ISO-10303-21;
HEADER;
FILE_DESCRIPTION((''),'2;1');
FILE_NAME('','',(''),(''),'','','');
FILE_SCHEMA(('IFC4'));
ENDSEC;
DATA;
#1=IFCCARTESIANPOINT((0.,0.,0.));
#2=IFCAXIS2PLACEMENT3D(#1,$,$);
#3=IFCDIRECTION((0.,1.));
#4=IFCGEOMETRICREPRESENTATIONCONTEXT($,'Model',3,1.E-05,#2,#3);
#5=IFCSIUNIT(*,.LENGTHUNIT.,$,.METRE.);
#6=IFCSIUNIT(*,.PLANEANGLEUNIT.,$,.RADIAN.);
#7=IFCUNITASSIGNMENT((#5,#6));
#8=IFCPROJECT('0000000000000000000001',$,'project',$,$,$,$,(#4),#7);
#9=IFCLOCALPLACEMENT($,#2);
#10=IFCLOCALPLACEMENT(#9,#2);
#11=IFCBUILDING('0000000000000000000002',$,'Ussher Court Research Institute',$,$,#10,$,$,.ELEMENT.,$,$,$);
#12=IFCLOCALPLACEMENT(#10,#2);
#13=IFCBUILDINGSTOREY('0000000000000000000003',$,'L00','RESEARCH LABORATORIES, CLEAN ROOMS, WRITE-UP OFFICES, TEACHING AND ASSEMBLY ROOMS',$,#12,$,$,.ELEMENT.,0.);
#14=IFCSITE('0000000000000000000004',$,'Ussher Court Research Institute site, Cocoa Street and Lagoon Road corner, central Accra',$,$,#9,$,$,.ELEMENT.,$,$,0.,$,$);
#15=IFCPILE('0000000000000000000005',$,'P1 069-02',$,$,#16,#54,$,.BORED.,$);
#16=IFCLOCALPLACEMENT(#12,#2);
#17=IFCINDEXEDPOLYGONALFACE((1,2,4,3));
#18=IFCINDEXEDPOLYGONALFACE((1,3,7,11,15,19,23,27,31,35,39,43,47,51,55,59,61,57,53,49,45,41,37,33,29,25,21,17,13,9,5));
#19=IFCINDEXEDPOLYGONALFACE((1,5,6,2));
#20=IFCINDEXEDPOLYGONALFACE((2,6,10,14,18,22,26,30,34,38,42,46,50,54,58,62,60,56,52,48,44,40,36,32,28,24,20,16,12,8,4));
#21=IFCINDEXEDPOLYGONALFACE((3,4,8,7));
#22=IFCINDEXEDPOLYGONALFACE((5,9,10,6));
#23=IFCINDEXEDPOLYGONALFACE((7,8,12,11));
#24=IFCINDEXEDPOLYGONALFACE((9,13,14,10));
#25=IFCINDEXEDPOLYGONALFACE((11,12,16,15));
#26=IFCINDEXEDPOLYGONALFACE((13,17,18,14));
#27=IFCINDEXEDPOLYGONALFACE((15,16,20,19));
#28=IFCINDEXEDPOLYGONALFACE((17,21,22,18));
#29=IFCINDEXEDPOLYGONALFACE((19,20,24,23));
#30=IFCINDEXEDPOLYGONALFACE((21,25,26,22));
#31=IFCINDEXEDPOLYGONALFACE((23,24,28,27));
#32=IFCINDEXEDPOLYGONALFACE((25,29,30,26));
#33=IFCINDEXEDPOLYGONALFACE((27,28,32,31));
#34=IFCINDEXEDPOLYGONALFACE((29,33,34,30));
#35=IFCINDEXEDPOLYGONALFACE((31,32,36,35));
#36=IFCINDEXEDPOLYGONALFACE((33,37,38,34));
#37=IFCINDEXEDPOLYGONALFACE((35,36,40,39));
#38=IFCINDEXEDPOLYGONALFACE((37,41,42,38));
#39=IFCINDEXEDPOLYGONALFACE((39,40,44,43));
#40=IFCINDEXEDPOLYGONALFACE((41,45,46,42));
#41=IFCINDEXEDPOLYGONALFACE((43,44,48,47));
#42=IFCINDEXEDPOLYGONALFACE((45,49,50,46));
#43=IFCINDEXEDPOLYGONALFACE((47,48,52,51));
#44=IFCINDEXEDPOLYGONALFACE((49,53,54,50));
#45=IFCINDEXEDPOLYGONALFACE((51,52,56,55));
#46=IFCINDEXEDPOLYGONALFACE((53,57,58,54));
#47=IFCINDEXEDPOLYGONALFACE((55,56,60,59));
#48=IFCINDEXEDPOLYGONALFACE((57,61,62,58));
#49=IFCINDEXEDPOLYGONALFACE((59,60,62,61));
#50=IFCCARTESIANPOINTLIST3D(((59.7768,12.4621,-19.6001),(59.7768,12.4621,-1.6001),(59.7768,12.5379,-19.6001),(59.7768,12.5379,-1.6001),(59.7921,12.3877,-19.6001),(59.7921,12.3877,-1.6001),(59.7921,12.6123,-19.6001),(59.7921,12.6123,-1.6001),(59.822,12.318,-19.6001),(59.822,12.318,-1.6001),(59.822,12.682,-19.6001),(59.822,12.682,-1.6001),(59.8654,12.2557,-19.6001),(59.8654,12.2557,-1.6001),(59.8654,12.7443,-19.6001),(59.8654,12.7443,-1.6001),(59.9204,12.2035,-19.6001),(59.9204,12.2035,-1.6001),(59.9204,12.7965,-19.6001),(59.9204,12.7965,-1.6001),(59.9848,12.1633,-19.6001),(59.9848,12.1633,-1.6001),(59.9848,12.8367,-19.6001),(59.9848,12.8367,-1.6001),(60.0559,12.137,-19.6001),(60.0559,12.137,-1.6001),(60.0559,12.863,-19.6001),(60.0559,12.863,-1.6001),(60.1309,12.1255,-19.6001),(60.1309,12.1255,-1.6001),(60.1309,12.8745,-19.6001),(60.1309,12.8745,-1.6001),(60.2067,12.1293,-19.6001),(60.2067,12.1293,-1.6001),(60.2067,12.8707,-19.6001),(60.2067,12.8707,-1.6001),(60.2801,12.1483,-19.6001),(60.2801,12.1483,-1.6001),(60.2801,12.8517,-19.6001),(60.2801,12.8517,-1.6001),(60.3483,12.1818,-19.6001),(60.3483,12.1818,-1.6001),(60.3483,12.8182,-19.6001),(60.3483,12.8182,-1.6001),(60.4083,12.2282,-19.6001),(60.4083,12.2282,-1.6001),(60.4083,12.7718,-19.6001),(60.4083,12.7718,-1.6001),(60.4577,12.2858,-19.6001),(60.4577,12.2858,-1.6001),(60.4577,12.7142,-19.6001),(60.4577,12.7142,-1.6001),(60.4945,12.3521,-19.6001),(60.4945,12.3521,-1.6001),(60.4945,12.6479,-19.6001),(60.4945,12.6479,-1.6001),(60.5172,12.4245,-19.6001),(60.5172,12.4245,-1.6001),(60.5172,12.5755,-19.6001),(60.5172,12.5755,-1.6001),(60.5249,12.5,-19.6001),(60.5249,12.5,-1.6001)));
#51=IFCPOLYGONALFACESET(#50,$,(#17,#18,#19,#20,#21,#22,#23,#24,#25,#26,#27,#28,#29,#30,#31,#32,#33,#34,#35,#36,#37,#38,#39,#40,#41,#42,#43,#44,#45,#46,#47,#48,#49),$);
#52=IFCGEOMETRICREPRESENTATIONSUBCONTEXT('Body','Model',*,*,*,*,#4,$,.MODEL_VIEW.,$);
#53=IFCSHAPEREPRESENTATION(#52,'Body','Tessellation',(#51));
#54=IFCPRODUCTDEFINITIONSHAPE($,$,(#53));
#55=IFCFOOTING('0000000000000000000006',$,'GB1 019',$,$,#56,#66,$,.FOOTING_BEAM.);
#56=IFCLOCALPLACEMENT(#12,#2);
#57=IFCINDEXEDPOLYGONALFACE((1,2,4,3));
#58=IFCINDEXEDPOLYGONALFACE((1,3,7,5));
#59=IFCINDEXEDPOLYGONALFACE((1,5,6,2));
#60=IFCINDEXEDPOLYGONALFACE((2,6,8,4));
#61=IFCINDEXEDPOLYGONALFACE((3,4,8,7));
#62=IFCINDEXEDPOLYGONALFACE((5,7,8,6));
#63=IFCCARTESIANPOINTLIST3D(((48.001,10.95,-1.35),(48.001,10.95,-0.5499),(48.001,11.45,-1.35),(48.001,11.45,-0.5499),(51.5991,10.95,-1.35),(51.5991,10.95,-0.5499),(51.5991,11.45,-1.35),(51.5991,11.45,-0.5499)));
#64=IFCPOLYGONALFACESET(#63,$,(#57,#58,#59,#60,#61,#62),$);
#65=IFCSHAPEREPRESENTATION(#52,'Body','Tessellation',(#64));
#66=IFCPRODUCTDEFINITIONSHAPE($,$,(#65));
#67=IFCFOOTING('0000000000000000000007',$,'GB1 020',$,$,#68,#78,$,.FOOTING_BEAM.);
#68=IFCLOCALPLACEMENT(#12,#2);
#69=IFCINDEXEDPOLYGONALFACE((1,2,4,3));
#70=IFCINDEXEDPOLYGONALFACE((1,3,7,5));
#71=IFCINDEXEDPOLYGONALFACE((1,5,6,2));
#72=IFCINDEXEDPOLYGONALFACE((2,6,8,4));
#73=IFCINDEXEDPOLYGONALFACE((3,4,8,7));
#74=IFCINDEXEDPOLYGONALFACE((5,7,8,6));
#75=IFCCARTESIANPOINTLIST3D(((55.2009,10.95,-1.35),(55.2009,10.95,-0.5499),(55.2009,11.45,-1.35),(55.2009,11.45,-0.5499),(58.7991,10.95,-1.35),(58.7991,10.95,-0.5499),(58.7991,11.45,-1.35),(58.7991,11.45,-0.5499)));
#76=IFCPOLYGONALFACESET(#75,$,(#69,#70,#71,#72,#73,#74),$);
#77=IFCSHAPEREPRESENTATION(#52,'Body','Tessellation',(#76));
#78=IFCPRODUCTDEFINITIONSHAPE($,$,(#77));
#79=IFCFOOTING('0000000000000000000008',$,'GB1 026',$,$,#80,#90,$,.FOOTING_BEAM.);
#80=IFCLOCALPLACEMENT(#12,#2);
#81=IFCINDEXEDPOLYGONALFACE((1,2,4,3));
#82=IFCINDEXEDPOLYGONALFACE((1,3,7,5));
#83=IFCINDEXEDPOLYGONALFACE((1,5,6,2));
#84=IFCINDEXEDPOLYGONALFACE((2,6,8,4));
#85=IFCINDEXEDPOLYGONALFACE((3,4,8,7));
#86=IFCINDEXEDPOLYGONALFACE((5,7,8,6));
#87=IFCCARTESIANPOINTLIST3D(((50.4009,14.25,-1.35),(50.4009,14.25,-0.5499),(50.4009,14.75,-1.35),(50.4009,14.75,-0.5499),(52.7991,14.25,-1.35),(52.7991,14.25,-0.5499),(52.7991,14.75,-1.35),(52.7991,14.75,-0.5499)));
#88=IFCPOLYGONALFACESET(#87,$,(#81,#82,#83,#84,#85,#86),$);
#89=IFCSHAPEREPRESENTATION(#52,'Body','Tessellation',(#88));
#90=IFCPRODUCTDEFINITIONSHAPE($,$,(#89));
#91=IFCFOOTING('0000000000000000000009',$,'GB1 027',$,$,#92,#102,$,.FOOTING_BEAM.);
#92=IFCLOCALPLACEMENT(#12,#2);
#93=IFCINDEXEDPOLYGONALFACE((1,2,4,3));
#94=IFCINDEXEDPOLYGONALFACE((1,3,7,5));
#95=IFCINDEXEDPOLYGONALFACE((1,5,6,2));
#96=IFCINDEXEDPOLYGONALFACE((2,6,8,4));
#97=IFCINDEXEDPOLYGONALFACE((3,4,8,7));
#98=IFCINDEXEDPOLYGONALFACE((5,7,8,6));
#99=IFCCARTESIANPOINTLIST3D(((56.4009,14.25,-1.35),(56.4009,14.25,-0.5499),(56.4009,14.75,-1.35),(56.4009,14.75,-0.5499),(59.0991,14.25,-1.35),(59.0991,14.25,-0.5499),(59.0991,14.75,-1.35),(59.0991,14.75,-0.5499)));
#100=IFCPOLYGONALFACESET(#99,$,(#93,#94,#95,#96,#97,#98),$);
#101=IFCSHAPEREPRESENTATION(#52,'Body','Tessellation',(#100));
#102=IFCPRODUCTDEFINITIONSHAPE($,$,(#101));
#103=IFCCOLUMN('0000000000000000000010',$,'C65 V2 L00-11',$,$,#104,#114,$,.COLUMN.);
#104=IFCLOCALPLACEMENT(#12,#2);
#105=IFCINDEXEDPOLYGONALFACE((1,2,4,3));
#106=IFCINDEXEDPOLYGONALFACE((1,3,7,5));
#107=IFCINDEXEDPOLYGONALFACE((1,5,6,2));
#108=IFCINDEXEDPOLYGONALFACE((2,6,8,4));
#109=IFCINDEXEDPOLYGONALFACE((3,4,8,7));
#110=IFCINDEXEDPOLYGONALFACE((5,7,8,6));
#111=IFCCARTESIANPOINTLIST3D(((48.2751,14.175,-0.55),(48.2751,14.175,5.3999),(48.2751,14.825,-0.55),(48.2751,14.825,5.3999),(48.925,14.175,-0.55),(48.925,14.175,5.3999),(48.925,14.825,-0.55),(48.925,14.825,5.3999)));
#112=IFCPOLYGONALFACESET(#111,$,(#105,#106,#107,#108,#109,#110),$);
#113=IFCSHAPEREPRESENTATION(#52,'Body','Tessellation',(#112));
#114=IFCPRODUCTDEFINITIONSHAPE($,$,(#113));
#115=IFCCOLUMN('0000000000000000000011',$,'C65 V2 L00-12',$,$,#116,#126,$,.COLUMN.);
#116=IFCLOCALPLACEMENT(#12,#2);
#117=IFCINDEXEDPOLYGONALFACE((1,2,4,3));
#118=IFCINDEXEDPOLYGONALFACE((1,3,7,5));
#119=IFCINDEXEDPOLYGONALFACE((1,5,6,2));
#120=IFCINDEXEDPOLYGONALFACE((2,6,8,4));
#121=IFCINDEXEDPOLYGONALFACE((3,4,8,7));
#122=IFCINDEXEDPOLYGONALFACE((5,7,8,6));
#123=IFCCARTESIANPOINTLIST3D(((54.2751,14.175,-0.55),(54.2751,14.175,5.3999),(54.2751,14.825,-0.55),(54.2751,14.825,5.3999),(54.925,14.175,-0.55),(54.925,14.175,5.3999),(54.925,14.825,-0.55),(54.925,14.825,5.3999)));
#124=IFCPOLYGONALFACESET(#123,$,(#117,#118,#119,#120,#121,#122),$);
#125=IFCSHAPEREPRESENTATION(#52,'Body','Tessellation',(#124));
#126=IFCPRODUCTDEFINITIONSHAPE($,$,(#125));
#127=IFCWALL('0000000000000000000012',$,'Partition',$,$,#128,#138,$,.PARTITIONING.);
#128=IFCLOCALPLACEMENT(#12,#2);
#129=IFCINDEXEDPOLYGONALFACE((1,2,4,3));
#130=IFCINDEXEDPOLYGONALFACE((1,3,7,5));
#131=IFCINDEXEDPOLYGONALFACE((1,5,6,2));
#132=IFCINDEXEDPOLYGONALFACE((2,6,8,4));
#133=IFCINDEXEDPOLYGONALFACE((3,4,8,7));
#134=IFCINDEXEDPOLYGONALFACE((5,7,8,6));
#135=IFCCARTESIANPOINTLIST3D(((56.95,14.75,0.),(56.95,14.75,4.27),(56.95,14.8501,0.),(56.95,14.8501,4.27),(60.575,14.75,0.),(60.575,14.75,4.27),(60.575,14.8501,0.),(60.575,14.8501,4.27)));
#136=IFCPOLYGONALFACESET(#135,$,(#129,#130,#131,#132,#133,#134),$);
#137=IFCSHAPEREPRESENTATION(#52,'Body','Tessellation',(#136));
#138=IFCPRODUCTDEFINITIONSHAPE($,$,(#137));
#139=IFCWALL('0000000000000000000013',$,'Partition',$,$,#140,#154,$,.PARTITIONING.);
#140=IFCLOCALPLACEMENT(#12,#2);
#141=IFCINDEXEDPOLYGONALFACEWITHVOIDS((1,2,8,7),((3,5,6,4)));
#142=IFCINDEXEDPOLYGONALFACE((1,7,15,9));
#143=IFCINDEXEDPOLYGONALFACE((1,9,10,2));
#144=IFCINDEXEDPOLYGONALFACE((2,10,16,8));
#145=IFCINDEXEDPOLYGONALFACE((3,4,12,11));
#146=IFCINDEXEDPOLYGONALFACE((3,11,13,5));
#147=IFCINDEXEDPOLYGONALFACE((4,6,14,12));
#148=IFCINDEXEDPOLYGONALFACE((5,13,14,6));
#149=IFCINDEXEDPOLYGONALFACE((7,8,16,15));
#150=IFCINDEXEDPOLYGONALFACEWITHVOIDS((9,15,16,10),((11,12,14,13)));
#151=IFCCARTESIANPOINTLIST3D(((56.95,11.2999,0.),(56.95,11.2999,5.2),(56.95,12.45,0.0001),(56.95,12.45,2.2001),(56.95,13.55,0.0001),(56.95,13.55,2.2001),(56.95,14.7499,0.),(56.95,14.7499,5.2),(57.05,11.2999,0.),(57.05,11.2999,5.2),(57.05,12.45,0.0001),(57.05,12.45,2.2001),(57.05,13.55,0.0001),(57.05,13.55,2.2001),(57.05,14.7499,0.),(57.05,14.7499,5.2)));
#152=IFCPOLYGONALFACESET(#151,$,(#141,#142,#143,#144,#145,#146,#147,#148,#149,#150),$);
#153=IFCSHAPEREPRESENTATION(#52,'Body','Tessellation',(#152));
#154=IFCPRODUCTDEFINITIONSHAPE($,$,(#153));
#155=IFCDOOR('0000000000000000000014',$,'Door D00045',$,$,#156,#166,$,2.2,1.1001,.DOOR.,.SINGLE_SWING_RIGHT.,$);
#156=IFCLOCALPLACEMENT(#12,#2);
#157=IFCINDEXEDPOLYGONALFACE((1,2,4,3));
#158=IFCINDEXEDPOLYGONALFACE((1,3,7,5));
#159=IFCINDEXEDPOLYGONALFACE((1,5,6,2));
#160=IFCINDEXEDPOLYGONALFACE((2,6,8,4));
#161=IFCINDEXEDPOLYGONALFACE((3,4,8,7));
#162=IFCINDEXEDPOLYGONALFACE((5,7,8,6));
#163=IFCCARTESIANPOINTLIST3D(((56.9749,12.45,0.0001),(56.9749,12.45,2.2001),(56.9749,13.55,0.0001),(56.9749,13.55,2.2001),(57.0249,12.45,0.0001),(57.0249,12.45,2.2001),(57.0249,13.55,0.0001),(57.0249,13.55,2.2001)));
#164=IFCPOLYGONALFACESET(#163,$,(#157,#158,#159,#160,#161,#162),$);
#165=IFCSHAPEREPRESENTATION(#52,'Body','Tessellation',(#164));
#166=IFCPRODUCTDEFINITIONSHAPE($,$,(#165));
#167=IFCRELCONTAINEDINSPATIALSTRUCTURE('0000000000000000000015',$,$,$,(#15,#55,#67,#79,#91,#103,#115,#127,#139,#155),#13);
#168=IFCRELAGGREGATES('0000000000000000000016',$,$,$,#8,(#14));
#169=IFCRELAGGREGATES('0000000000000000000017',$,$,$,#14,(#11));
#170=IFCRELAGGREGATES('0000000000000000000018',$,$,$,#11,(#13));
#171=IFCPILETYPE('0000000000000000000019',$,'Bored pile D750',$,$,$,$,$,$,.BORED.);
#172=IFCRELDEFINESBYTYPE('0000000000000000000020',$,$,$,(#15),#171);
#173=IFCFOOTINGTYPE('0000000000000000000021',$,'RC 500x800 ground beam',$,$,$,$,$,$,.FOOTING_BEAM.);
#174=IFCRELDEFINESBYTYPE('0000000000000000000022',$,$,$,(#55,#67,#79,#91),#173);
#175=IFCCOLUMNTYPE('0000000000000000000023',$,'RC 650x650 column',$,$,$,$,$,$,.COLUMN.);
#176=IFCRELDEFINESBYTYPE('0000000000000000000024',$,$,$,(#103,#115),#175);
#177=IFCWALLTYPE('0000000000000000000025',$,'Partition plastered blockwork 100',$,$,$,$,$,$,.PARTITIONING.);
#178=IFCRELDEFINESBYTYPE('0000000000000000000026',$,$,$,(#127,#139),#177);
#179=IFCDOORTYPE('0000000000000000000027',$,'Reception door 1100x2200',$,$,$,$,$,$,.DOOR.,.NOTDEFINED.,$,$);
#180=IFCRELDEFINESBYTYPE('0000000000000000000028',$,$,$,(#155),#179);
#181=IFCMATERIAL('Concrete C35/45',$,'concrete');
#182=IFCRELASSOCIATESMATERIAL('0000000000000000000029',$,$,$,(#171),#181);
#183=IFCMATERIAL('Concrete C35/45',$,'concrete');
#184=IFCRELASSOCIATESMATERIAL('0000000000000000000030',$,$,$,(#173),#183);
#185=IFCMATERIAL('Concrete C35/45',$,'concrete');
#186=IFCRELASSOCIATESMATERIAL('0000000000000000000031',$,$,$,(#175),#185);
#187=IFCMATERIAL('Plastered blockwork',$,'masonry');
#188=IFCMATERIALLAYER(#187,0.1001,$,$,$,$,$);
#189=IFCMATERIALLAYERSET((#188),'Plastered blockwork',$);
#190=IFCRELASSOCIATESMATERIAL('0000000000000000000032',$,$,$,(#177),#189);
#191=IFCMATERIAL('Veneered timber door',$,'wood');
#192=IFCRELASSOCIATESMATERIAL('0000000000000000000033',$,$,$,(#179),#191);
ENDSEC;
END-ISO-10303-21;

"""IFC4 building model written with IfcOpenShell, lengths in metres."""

from ifc_helpers import new_model, si_unit, direction, frame, frame_2d, origin, origin_2d, place, context, subcontext, project, spatial, rectangle, circle, extrude, material, layer, layer_set, material_profile, profile_set, type_object, element, fill, save


model = new_model("IFC4")

# Units and contexts
model_context = context("Model", 3, precision=1e-05, world=origin(), true_north=direction((0.0, 1.0)))
body_context = subcontext(model_context, "Body", "Model", "MODEL_VIEW")
ifc_project = project(units=[si_unit("LENGTHUNIT", "METRE"), si_unit("PLANEANGLEUNIT", "RADIAN")], contexts=[model_context])

# Site, building, storey
site_placement = place(None, origin())
site = spatial("IfcSite", under=ifc_project, at=site_placement, Name="Ussher Court Research Institute site, Cocoa Street and Lagoon Road corner, central Accra", CompositionType="ELEMENT", RefElevation=0.0)
building_placement = place(site_placement, origin())
building = spatial("IfcBuilding", under=site, at=building_placement, Name="Ussher Court Research Institute", CompositionType="ELEMENT")
storey_placement = place(building_placement, origin())
storey = spatial("IfcBuildingStorey", under=building, at=storey_placement, Name="L00", Description="RESEARCH LABORATORIES, CLEAN ROOMS, WRITE-UP OFFICES, TEACHING AND ASSEMBLY ROOMS", CompositionType="ELEMENT", Elevation=0.0)

# Pile
ifc_material_1 = material(Name="Concrete C35/45", Category="concrete")
ifc_material_profile_1 = material_profile(ifc_material_1, circle(Radius=0.375, at=origin_2d()), Name="RC D750")
ifc_profile_set_1 = profile_set([ifc_material_profile_1], Name="Concrete C35/45")
pile_type = type_object("IfcPileType", Name="Bored pile D750", PredefinedType="BORED", material=ifc_profile_set_1)
for number, where, z_axis, x_axis, name in (
    (1, (60.1499, 12.5, -1.6001), (0.0, 0.0, -1.0), (1.0, 0.0, 0.0), "P1 069-02"),
):
    element("IfcPile", number, at=place(storey_placement, frame(where, z_axis=z_axis, x_axis=x_axis)), inside=storey, type_object=pile_type, Name=name, PredefinedType="BORED", context=body_context, shape_type="SweptSolid", body=[
        extrude(circle(Radius=0.375, at=origin_2d()), origin(), (0.0, 0.0, 1.0), 18.0),
    ])

# Footings
ifc_material_2 = material(Name="Concrete C35/45", Category="concrete")
ifc_material_profile_2 = material_profile(ifc_material_2, rectangle(XDim=0.5, YDim=0.8, at=origin_2d()), Name="RC 500x800")
ifc_profile_set_2 = profile_set([ifc_material_profile_2], Name="Concrete C35/45")
footing_type = type_object("IfcFootingType", Name="RC 500x800 ground beam", PredefinedType="FOOTING_BEAM", material=ifc_profile_set_2)
for number, where, z_axis, x_axis, name in (
    (2, (48.001, 11.2, -0.95), (1.0, 0.0, 0.0), (0.0, 1.0, 0.0), "GB1 019"),
    (3, (55.2009, 11.2, -0.95), (1.0, 0.0, 0.0), (0.0, 1.0, 0.0), "GB1 020"),
):
    element("IfcFooting", number, at=place(storey_placement, frame(where, z_axis=z_axis, x_axis=x_axis)), inside=storey, type_object=footing_type, Name=name, PredefinedType="FOOTING_BEAM", context=body_context, shape_type="SweptSolid", body=[
        extrude(rectangle(XDim=0.5, YDim=0.8, at=origin_2d()), origin(), (0.0, 0.0, 1.0), 3.5981),
    ])
footing_1_placement = place(storey_placement, frame((50.4009, 14.5, -0.95), z_axis=(1.0, 0.0, 0.0), x_axis=(0.0, 1.0, 0.0)))
element("IfcFooting", 4, at=footing_1_placement, inside=storey, type_object=footing_type, Name="GB1 026", PredefinedType="FOOTING_BEAM", context=body_context, shape_type="SweptSolid", body=[
    extrude(rectangle(XDim=0.5, YDim=0.8, at=origin_2d()), origin(), (0.0, 0.0, 1.0), 2.3982),
])
footing_2_placement = place(storey_placement, frame((56.4009, 14.5, -0.95), z_axis=(1.0, 0.0, 0.0), x_axis=(0.0, 1.0, 0.0)))
element("IfcFooting", 5, at=footing_2_placement, inside=storey, type_object=footing_type, Name="GB1 027", PredefinedType="FOOTING_BEAM", context=body_context, shape_type="SweptSolid", body=[
    extrude(rectangle(XDim=0.5, YDim=0.8, at=origin_2d()), origin(), (0.0, 0.0, 1.0), 2.6982),
])

# Columns
ifc_material_3 = material(Name="Concrete C35/45", Category="concrete")
ifc_material_profile_3 = material_profile(ifc_material_3, rectangle(XDim=0.6499, YDim=0.6499, at=origin_2d()), Name="RC 650x650")
ifc_profile_set_3 = profile_set([ifc_material_profile_3], Name="Concrete C35/45")
column_type = type_object("IfcColumnType", Name="RC 650x650 column", PredefinedType="COLUMN", material=ifc_profile_set_3)
for number, where, z_axis, x_axis, name in (
    (6, (48.6001, 14.5, -0.55), (0.0, 0.0, 1.0), (1.0, 0.0, 0.0), "C65 V2 L00-11"),
    (7, (54.6001, 14.5, -0.55), (0.0, 0.0, 1.0), (1.0, 0.0, 0.0), "C65 V2 L00-12"),
):
    element("IfcColumn", number, at=place(storey_placement, frame(where, z_axis=z_axis, x_axis=x_axis)), inside=storey, type_object=column_type, Name=name, PredefinedType="COLUMN", context=body_context, shape_type="SweptSolid", body=[
        extrude(rectangle(XDim=0.6499, YDim=0.6499, at=origin_2d()), origin(), (0.0, 0.0, 1.0), 5.95),
    ])

# Wall
ifc_material_4 = material(Name="Plastered blockwork", Category="masonry")
ifc_layer = layer(ifc_material_4, 0.1001)
ifc_layer_set = layer_set([ifc_layer], Name="Plastered blockwork")
wall_type = type_object("IfcWallType", Name="Partition plastered blockwork 100", PredefinedType="PARTITIONING", material=ifc_layer_set)
wall_1_placement = place(storey_placement, frame((56.95, 14.8, 0.0), z_axis=(0.0, 0.0, 1.0), x_axis=(1.0, 0.0, 0.0)))
element("IfcWall", 8, at=wall_1_placement, inside=storey, type_object=wall_type, Name="Partition", PredefinedType="PARTITIONING", context=body_context, shape_type="SweptSolid", body=[
    extrude(rectangle(XDim=3.625, YDim=0.1001, at=frame_2d((1.8125, 0.0))), origin(), (0.0, 0.0, 1.0), 4.27),
])

# Wall, opening, door
wall_2_placement = place(storey_placement, frame((57.0, 14.75, 0.0), z_axis=(0.0, 0.0, 1.0), x_axis=(0.0, -1.0, 0.0)))
wall_2 = element("IfcWall", 9, at=wall_2_placement, inside=storey, type_object=wall_type, Name="Partition", PredefinedType="PARTITIONING", context=body_context, shape_type="SweptSolid", body=[
    extrude(rectangle(XDim=3.45, YDim=0.1001, at=frame_2d((1.7251, 0.0))), origin(), (0.0, 0.0, 1.0), 5.2),
])
opening_placement = place(wall_2_placement, frame((1.2, 0.0, 0.0)))
opening = element("IfcOpeningElement", 10, at=opening_placement, cuts=wall_2, PredefinedType="OPENING", context=body_context, shape_type="SweptSolid", body=[
    extrude(rectangle(XDim=1.1001, YDim=2.2, at=frame_2d((0.55, 1.1001))), frame((0.0, 0.0601, 0.0), z_axis=(0.0, -1.0, 0.0), x_axis=(1.0, 0.0, 0.0)), (0.0, 0.0, 1.0), 0.1201),
])
ifc_material_5 = material(Name="Veneered timber door", Category="wood")
door_type = type_object("IfcDoorType", Name="Reception door 1100x2200", OperationType="NOTDEFINED", PredefinedType="DOOR", material=ifc_material_5)
door_placement = place(opening_placement, origin())
door = element("IfcDoor", 11, at=door_placement, inside=storey, type_object=door_type, Name="Door D00045", OperationType="SINGLE_SWING_RIGHT", OverallHeight=2.2, OverallWidth=1.1001, PredefinedType="DOOR", context=body_context, shape_type="SweptSolid", body=[
    extrude(rectangle(XDim=1.1001, YDim=2.2, at=frame_2d((0.55, 1.1001))), frame((0.0, 0.0249, 0.0), z_axis=(0.0, -1.0, 0.0), x_axis=(1.0, 0.0, 0.0)), (0.0, 0.0, 1.0), 0.05),
])
fill(opening, door)

save(model, "model.ifc")
